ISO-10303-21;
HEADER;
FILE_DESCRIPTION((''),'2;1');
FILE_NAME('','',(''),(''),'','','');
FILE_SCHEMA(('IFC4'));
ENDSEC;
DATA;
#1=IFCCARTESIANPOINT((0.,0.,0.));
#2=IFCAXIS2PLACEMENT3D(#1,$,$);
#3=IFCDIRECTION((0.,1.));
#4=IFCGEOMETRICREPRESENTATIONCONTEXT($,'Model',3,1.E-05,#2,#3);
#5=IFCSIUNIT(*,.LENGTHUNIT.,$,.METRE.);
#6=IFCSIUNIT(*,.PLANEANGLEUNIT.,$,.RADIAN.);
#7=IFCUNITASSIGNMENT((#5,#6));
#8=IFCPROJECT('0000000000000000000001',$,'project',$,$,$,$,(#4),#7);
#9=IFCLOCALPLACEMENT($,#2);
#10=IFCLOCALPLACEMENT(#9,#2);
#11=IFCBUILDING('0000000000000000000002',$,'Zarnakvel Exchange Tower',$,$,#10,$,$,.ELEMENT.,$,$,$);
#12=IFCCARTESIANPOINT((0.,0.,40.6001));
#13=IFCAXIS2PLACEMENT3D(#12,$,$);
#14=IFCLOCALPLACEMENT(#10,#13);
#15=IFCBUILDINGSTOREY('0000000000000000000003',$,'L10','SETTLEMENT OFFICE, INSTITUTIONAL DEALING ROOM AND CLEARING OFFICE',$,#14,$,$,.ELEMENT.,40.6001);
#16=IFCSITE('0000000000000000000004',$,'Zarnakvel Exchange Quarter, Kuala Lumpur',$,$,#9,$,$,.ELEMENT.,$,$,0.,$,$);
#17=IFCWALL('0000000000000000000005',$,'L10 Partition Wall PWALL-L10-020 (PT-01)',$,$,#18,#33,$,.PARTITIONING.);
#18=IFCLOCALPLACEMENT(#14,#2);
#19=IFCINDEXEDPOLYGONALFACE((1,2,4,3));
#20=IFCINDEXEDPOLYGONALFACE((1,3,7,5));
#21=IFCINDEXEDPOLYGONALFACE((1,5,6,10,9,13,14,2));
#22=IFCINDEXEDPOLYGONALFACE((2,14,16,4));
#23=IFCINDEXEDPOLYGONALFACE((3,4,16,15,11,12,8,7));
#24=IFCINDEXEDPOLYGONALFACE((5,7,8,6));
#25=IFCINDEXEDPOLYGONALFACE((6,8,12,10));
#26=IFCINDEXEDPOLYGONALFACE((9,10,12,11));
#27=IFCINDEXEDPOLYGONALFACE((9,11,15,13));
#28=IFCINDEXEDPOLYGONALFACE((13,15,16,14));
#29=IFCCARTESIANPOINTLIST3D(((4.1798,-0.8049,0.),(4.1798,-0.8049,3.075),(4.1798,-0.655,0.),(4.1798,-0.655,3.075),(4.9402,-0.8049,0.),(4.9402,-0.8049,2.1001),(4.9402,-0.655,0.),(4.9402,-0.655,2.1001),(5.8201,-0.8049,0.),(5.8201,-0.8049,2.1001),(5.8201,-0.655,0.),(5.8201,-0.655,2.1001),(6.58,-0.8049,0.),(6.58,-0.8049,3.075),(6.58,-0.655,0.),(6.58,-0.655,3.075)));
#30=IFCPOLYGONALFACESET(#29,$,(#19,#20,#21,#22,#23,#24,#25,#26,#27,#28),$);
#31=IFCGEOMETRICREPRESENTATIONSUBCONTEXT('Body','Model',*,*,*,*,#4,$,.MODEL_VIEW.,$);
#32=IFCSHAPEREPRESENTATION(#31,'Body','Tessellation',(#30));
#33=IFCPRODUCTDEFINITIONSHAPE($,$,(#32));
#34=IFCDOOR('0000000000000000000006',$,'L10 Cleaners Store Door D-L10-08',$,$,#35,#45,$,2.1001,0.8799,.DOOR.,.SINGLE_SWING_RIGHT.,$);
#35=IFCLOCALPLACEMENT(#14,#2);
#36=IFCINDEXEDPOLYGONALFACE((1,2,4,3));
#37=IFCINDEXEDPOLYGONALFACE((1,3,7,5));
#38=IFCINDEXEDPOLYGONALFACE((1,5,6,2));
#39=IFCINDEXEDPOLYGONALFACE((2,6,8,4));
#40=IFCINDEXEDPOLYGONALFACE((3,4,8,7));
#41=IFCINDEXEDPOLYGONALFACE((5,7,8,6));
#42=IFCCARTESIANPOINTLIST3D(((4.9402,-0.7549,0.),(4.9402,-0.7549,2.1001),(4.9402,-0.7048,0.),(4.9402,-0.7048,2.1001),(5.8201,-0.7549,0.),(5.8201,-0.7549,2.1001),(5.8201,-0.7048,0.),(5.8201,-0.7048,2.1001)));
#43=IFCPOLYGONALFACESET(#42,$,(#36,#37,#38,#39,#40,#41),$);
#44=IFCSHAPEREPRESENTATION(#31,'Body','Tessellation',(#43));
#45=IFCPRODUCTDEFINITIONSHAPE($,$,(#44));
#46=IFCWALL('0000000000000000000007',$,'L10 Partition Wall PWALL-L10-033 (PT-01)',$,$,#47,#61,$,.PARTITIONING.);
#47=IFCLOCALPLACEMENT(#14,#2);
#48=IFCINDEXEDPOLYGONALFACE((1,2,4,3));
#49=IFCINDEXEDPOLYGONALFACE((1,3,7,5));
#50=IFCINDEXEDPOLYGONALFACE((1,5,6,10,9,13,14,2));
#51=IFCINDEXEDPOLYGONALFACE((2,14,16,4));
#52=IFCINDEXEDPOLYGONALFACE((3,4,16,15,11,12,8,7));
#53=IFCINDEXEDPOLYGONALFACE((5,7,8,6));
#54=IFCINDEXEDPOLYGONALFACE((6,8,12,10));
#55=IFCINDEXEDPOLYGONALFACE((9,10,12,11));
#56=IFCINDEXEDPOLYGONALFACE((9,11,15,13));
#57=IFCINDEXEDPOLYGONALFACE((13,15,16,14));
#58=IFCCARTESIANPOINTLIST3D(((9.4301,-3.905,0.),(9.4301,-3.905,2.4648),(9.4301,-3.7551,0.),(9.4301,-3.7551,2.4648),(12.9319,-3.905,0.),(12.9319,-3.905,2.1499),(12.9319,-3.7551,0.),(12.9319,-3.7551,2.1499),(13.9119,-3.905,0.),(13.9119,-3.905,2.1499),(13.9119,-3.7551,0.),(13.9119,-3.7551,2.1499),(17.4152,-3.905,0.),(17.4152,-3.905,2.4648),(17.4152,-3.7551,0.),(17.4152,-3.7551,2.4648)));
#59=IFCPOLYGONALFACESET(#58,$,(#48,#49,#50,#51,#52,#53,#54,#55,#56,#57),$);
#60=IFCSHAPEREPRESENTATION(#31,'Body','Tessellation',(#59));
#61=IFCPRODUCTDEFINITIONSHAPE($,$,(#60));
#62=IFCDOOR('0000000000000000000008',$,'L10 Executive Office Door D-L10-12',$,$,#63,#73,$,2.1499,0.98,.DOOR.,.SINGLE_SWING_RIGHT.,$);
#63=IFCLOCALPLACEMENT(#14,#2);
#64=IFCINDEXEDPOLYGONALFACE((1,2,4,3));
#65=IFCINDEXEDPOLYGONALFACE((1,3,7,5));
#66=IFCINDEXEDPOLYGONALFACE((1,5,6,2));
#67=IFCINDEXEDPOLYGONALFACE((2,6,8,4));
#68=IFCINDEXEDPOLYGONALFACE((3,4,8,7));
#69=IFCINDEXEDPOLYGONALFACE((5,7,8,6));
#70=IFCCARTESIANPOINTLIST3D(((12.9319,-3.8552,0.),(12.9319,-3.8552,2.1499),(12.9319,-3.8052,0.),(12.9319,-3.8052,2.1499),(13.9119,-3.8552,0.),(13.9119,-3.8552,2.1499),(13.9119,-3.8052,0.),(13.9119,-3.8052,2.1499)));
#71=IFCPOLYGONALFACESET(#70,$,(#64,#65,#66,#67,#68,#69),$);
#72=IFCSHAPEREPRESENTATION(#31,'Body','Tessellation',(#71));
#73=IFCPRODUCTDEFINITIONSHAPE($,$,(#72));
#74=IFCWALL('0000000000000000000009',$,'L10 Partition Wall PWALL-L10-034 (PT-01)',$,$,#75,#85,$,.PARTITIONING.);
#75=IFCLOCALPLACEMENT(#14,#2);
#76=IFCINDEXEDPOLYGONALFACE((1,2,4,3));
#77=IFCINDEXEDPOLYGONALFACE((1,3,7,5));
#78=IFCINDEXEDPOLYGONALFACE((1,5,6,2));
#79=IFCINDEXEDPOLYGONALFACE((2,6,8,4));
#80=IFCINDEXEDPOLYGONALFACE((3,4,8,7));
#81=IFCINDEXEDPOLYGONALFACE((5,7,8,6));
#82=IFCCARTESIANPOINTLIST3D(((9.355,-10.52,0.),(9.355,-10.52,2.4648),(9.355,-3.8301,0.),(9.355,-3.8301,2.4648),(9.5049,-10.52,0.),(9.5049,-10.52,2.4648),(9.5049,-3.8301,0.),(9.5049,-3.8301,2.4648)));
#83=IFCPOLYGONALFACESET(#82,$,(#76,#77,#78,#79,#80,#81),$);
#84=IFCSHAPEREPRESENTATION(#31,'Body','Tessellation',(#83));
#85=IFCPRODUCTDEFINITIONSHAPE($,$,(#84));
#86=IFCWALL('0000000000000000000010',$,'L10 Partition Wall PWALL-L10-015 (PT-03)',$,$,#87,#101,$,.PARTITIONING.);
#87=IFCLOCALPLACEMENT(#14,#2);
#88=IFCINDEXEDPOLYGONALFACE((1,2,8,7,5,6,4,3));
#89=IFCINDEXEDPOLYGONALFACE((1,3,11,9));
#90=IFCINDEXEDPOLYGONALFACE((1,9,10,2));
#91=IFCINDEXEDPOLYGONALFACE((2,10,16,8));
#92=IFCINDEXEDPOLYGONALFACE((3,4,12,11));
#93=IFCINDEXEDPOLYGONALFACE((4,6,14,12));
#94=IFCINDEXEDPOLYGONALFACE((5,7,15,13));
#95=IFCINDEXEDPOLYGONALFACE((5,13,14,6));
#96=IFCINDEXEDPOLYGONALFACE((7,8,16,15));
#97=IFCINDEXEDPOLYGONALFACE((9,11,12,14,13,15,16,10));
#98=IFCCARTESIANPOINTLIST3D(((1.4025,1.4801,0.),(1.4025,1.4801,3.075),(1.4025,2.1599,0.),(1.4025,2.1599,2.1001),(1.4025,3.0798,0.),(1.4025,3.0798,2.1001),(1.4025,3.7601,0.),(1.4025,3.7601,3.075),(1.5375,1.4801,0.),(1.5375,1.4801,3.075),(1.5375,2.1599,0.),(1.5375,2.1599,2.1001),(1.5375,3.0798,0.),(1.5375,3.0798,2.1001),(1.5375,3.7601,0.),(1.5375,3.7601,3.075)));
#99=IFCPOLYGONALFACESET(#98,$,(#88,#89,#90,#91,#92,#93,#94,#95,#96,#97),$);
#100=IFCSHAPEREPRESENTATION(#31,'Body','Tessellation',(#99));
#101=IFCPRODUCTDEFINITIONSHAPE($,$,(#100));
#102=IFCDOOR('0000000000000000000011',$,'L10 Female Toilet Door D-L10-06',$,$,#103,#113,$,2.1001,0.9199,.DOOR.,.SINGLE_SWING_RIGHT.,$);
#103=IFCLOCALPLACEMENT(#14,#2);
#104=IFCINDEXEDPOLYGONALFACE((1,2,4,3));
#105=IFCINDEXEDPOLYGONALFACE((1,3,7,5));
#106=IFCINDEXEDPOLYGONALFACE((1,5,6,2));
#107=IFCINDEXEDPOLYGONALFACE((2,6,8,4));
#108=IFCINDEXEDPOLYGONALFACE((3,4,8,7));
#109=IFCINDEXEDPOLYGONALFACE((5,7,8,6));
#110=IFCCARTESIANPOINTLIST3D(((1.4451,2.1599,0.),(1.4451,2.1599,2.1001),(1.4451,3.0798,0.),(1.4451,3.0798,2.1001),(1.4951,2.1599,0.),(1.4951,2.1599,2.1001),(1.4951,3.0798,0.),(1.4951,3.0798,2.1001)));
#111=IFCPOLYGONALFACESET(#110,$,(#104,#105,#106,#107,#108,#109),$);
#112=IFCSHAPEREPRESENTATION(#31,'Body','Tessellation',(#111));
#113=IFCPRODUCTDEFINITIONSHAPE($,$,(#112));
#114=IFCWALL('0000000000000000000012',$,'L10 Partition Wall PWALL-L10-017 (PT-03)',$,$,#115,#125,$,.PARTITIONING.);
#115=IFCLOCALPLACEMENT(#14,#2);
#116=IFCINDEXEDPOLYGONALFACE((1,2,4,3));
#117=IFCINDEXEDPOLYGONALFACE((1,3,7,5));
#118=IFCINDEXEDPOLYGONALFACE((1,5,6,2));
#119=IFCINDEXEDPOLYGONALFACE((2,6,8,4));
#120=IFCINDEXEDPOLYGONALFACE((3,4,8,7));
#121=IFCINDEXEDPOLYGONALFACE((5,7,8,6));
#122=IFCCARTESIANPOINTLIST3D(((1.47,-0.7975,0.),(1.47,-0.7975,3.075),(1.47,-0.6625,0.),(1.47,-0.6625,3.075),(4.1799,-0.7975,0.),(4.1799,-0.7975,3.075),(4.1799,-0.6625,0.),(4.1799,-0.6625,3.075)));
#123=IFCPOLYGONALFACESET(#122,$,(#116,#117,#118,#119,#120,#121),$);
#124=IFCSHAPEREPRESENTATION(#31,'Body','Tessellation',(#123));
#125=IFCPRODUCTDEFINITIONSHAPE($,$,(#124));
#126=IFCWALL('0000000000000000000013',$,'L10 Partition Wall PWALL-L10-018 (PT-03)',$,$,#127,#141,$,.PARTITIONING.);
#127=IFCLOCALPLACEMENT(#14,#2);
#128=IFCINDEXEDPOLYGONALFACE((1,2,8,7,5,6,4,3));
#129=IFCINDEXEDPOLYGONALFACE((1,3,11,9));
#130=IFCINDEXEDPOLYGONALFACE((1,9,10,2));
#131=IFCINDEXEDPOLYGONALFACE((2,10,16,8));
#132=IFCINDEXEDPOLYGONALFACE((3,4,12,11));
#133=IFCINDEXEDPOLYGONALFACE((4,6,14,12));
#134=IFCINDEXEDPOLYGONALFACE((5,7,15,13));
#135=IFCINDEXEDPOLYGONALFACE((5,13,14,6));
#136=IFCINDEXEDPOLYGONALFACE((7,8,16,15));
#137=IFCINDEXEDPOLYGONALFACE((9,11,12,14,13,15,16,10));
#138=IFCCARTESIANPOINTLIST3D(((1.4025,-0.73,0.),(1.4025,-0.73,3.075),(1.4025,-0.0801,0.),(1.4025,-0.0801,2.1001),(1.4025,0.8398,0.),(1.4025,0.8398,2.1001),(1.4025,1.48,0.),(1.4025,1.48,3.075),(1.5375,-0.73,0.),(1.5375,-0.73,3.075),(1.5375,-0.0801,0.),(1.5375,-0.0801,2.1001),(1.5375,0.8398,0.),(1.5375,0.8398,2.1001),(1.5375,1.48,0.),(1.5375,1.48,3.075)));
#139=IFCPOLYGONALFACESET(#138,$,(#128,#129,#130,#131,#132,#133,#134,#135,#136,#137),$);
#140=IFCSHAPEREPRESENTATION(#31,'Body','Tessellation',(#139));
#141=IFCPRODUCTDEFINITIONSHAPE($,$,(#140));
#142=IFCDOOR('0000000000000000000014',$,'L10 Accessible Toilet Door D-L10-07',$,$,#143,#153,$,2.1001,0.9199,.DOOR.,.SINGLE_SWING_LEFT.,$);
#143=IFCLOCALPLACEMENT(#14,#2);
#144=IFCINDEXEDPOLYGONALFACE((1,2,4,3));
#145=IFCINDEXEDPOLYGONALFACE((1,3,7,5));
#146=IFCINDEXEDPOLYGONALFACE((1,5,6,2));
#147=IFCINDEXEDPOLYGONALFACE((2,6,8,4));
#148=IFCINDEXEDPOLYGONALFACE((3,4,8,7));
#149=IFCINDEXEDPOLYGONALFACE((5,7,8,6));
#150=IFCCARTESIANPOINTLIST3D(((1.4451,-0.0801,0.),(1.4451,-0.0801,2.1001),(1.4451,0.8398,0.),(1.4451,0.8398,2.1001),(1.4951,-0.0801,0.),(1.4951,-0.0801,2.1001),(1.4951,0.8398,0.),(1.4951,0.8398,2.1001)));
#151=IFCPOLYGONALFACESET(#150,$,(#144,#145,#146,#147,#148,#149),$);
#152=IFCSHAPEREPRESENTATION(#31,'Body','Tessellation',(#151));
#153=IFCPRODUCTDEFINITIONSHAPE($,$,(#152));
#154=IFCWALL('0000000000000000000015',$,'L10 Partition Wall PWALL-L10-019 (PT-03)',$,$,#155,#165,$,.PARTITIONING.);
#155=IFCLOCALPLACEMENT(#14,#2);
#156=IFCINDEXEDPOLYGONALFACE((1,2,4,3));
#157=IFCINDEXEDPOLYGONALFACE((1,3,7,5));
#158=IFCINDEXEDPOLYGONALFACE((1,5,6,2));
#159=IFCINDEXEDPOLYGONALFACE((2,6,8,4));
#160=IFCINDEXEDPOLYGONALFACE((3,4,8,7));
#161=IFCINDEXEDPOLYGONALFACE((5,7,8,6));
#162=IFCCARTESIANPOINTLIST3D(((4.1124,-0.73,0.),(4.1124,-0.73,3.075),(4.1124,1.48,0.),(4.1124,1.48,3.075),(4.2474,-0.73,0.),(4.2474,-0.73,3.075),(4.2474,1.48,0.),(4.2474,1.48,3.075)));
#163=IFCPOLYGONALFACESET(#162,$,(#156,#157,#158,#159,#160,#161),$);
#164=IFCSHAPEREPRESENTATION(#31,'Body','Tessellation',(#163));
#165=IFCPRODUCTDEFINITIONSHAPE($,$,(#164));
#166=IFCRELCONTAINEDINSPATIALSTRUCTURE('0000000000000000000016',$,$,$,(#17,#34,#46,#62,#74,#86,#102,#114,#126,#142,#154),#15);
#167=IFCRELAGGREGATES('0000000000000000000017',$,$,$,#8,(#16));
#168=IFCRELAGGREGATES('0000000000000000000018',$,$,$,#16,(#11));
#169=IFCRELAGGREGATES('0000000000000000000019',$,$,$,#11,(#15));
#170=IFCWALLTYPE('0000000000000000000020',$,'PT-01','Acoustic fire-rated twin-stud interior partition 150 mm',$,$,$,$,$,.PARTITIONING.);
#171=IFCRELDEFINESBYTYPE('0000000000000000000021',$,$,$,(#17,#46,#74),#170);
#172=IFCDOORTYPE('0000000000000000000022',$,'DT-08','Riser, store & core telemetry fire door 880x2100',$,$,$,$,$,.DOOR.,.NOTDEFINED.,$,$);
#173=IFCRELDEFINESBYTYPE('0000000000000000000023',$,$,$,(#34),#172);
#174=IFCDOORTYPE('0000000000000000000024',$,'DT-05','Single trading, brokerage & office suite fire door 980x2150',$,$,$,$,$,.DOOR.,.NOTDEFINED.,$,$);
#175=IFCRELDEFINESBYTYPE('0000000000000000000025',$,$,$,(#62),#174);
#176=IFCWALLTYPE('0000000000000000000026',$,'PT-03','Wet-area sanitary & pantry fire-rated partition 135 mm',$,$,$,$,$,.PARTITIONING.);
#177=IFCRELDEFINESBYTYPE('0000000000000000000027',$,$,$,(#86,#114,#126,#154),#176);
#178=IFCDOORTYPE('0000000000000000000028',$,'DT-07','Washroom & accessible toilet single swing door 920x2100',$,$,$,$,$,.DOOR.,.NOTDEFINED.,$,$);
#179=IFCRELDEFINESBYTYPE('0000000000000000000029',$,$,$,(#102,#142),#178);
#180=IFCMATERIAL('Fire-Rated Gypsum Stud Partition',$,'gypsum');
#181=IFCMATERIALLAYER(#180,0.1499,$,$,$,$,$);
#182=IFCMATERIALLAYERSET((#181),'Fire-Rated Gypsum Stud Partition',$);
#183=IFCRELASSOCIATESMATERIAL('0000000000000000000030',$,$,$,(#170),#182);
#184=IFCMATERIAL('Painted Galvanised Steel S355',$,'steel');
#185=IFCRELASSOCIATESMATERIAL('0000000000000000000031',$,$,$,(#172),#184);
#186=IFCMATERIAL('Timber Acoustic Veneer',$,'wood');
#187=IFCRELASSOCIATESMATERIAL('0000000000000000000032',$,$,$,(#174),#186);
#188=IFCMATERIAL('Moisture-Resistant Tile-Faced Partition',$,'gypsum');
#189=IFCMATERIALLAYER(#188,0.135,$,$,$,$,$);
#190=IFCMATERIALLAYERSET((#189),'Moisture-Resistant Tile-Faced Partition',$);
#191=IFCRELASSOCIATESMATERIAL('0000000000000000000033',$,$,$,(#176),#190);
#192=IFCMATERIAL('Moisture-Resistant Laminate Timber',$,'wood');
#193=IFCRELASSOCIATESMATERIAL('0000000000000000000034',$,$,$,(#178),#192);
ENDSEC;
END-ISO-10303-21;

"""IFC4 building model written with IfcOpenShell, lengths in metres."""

from ifc_helpers import new_model, si_unit, direction, frame, frame_2d, origin, place, context, subcontext, project, spatial, rectangle, extrude, source, transform, mapped, material, layer, layer_set, type_object, element, fill, save


model = new_model("IFC4")

# Units and contexts
model_context = context("Model", 3, precision=1e-05, world=origin(), true_north=direction((0.0, 1.0)))
body_context = subcontext(model_context, "Body", "Model", "MODEL_VIEW")
ifc_project = project(units=[si_unit("LENGTHUNIT", "METRE"), si_unit("PLANEANGLEUNIT", "RADIAN")], contexts=[model_context])

# Site, building, storey
site_placement = place(None, origin())
site = spatial("IfcSite", under=ifc_project, at=site_placement, Name="Zarnakvel Exchange Quarter, Kuala Lumpur", CompositionType="ELEMENT", RefElevation=0.0)
building_placement = place(site_placement, origin())
building = spatial("IfcBuilding", under=site, at=building_placement, Name="Zarnakvel Exchange Tower", CompositionType="ELEMENT")
storey_placement = place(building_placement, frame((0.0, 0.0, 40.6001)))
storey = spatial("IfcBuildingStorey", under=building, at=storey_placement, Name="L10", Description="SETTLEMENT OFFICE, INSTITUTIONAL DEALING ROOM AND CLEARING OFFICE", CompositionType="ELEMENT", Elevation=40.6001)

# Shared definitions
ifc_material_1 = material(Name="Painted Galvanised Steel S355", Category="steel")

# Walls, openings, doors
ifc_material_2 = material(Name="Fire-Rated Gypsum Stud Partition", Category="gypsum")
ifc_layer_1 = layer(ifc_material_2, 0.1499)
ifc_layer_set_1 = layer_set([ifc_layer_1], Name="Fire-Rated Gypsum Stud Partition")
wall_type_1 = type_object("IfcWallType", Name="PT-01", Description="Acoustic fire-rated twin-stud interior partition 150 mm", PredefinedType="PARTITIONING", material=ifc_layer_set_1)
wall_1_placement = place(storey_placement, frame((6.5801, -0.73, 0.0), z_axis=(0.0, 0.0, 1.0), x_axis=(-1.0, 0.0, 0.0)))
wall_1 = element("IfcWall", 1, at=wall_1_placement, inside=storey, type_object=wall_type_1, Name="L10 Partition Wall PWALL-L10-020 (PT-01)", PredefinedType="PARTITIONING", context=body_context, shape_type="SweptSolid", body=[
    extrude(rectangle(XDim=2.4001, YDim=0.1499, at=frame_2d((1.2002, 0.0))), origin(), (0.0, 0.0, 1.0), 3.075),
])
opening_1_placement = place(wall_1_placement, frame((0.76, 0.0, 0.0)))
opening_1 = element("IfcOpeningElement", 2, at=opening_1_placement, cuts=wall_1, PredefinedType="OPENING", context=body_context, shape_type="SweptSolid", body=[
    extrude(rectangle(XDim=0.8799, YDim=2.1001, at=frame_2d((0.4399, 1.05))), frame((0.0, 0.085, 0.0), z_axis=(0.0, -1.0, 0.0), x_axis=(1.0, 0.0, 0.0)), (0.0, 0.0, 1.0), 0.1699),
])
door_type_1 = type_object("IfcDoorType", Name="DT-08", Description="Riser, store & core telemetry fire door 880x2100", OperationType="NOTDEFINED", PredefinedType="DOOR", material=ifc_material_1)
shared_shape_1 = source(origin(), body_context, "Body", "SweptSolid", [
    extrude(rectangle(XDim=0.8799, YDim=2.1001, at=frame_2d((0.4399, 1.05))), frame((0.0, 0.0249, 0.0), z_axis=(0.0, -1.0, 0.0), x_axis=(1.0, 0.0, 0.0)), (0.0, 0.0, 1.0), 0.05),
])
door_1_placement = place(opening_1_placement, origin())
door_1 = element("IfcDoor", 3, at=door_1_placement, inside=storey, type_object=door_type_1, Name="L10 Cleaners Store Door D-L10-08", OperationType="SINGLE_SWING_RIGHT", OverallHeight=2.1001, OverallWidth=0.8799, PredefinedType="DOOR", context=body_context, shape_type="MappedRepresentation", body=[
    mapped(shared_shape_1, transform((0.0, 0.0, 0.0), x_axis=(1.0, 0.0, 0.0), y_axis=(0.0, 1.0, 0.0), z_axis=(0.0, 0.0, 1.0), scale=1.0)),
])
fill(opening_1, door_1)
wall_2_placement = place(storey_placement, frame((9.4299, -3.8301, 0.0), z_axis=(0.0, 0.0, 1.0), x_axis=(1.0, 0.0, 0.0)))
wall_2 = element("IfcWall", 4, at=wall_2_placement, inside=storey, type_object=wall_type_1, Name="L10 Partition Wall PWALL-L10-033 (PT-01)", PredefinedType="PARTITIONING", context=body_context, shape_type="SweptSolid", body=[
    extrude(rectangle(XDim=7.9851, YDim=0.1499, at=frame_2d((3.9927, 0.0))), origin(), (0.0, 0.0, 1.0), 2.4648),
])
opening_2_placement = place(wall_2_placement, frame((3.502, 0.0, 0.0)))
opening_2 = element("IfcOpeningElement", 5, at=opening_2_placement, cuts=wall_2, PredefinedType="OPENING", context=body_context, shape_type="SweptSolid", body=[
    extrude(rectangle(XDim=0.98, YDim=2.1499, at=frame_2d((0.49, 1.075))), frame((0.0, 0.085, 0.0), z_axis=(0.0, -1.0, 0.0), x_axis=(1.0, 0.0, 0.0)), (0.0, 0.0, 1.0), 0.1699),
])
ifc_material_3 = material(Name="Timber Acoustic Veneer", Category="wood")
door_type_2 = type_object("IfcDoorType", Name="DT-05", Description="Single trading, brokerage & office suite fire door 980x2150", OperationType="NOTDEFINED", PredefinedType="DOOR", material=ifc_material_3)
shared_shape_2 = source(origin(), body_context, "Body", "SweptSolid", [
    extrude(rectangle(XDim=0.98, YDim=2.1499, at=frame_2d((0.49, 1.075))), frame((0.0, 0.0249, 0.0), z_axis=(0.0, -1.0, 0.0), x_axis=(1.0, 0.0, 0.0)), (0.0, 0.0, 1.0), 0.05),
])
door_2_placement = place(opening_2_placement, origin())
door_2 = element("IfcDoor", 6, at=door_2_placement, inside=storey, type_object=door_type_2, Name="L10 Executive Office Door D-L10-12", OperationType="SINGLE_SWING_RIGHT", OverallHeight=2.1499, OverallWidth=0.98, PredefinedType="DOOR", context=body_context, shape_type="MappedRepresentation", body=[
    mapped(shared_shape_2, transform((0.0, 0.0, 0.0), x_axis=(1.0, 0.0, 0.0), y_axis=(0.0, 1.0, 0.0), z_axis=(0.0, 0.0, 1.0), scale=1.0)),
])
fill(opening_2, door_2)

# Wall
wall_3_placement = place(storey_placement, frame((9.4299, -10.52, 0.0), z_axis=(0.0, 0.0, 1.0), x_axis=(0.0, 1.0, 0.0)))
element("IfcWall", 7, at=wall_3_placement, inside=storey, type_object=wall_type_1, Name="L10 Partition Wall PWALL-L10-034 (PT-01)", PredefinedType="PARTITIONING", context=body_context, shape_type="SweptSolid", body=[
    extrude(rectangle(XDim=6.6899, YDim=0.1499, at=frame_2d((3.345, 0.0))), origin(), (0.0, 0.0, 1.0), 2.4648),
])

# Wall, opening, door
ifc_material_4 = material(Name="Moisture-Resistant Tile-Faced Partition", Category="gypsum")
ifc_layer_2 = layer(ifc_material_4, 0.135)
ifc_layer_set_2 = layer_set([ifc_layer_2], Name="Moisture-Resistant Tile-Faced Partition")
wall_type_2 = type_object("IfcWallType", Name="PT-03", Description="Wet-area sanitary & pantry fire-rated partition 135 mm", PredefinedType="PARTITIONING", material=ifc_layer_set_2)
wall_4_placement = place(storey_placement, frame((1.47, 1.48, 0.0), z_axis=(0.0, 0.0, 1.0), x_axis=(0.0, 1.0, 0.0)))
wall_4 = element("IfcWall", 8, at=wall_4_placement, inside=storey, type_object=wall_type_2, Name="L10 Partition Wall PWALL-L10-015 (PT-03)", PredefinedType="PARTITIONING", context=body_context, shape_type="SweptSolid", body=[
    extrude(rectangle(XDim=2.28, YDim=0.135, at=frame_2d((1.1401, 0.0))), origin(), (0.0, 0.0, 1.0), 3.075),
])
opening_3_placement = place(wall_4_placement, frame((0.6799, 0.0, 0.0)))
opening_3 = element("IfcOpeningElement", 9, at=opening_3_placement, cuts=wall_4, PredefinedType="OPENING", context=body_context, shape_type="SweptSolid", body=[
    extrude(rectangle(XDim=0.9199, YDim=2.1001, at=frame_2d((0.46, 1.05))), frame((0.0, 0.0774, 0.0), z_axis=(0.0, -1.0, 0.0), x_axis=(1.0, 0.0, 0.0)), (0.0, 0.0, 1.0), 0.155),
])
ifc_material_5 = material(Name="Moisture-Resistant Laminate Timber", Category="wood")
door_type_3 = type_object("IfcDoorType", Name="DT-07", Description="Washroom & accessible toilet single swing door 920x2100", OperationType="NOTDEFINED", PredefinedType="DOOR", material=ifc_material_5)
shared_shape_3 = source(origin(), body_context, "Body", "SweptSolid", [
    extrude(rectangle(XDim=0.9199, YDim=2.1001, at=frame_2d((0.46, 1.05))), frame((0.0, 0.0249, 0.0), z_axis=(0.0, -1.0, 0.0), x_axis=(1.0, 0.0, 0.0)), (0.0, 0.0, 1.0), 0.05),
])
door_3_placement = place(opening_3_placement, origin())
door_3 = element("IfcDoor", 10, at=door_3_placement, inside=storey, type_object=door_type_3, Name="L10 Female Toilet Door D-L10-06", OperationType="SINGLE_SWING_RIGHT", OverallHeight=2.1001, OverallWidth=0.9199, PredefinedType="DOOR", context=body_context, shape_type="MappedRepresentation", body=[
    mapped(shared_shape_3, transform((0.0, 0.0, 0.0), x_axis=(1.0, 0.0, 0.0), y_axis=(0.0, 1.0, 0.0), z_axis=(0.0, 0.0, 1.0), scale=1.0)),
])
fill(opening_3, door_3)

# Wall
wall_5_placement = place(storey_placement, frame((4.1799, -0.73, 0.0), z_axis=(0.0, 0.0, 1.0), x_axis=(-1.0, 0.0, 0.0)))
element("IfcWall", 11, at=wall_5_placement, inside=storey, type_object=wall_type_2, Name="L10 Partition Wall PWALL-L10-017 (PT-03)", PredefinedType="PARTITIONING", context=body_context, shape_type="SweptSolid", body=[
    extrude(rectangle(XDim=2.71, YDim=0.135, at=frame_2d((1.355, 0.0))), origin(), (0.0, 0.0, 1.0), 3.075),
])

# Wall, opening, door
wall_6_placement = place(storey_placement, frame((1.47, -0.73, 0.0), z_axis=(0.0, 0.0, 1.0), x_axis=(0.0, 1.0, 0.0)))
wall_6 = element("IfcWall", 12, at=wall_6_placement, inside=storey, type_object=wall_type_2, Name="L10 Partition Wall PWALL-L10-018 (PT-03)", PredefinedType="PARTITIONING", context=body_context, shape_type="SweptSolid", body=[
    extrude(rectangle(XDim=2.21, YDim=0.135, at=frame_2d((1.105, 0.0))), origin(), (0.0, 0.0, 1.0), 3.075),
])
opening_4_placement = place(wall_6_placement, frame((0.6499, 0.0, 0.0)))
opening_4 = element("IfcOpeningElement", 13, at=opening_4_placement, cuts=wall_6, PredefinedType="OPENING", context=body_context, shape_type="SweptSolid", body=[
    extrude(rectangle(XDim=0.9199, YDim=2.1001, at=frame_2d((0.46, 1.05))), frame((0.0, 0.0774, 0.0), z_axis=(0.0, -1.0, 0.0), x_axis=(1.0, 0.0, 0.0)), (0.0, 0.0, 1.0), 0.155),
])
door_4_placement = place(opening_4_placement, origin())
door_4 = element("IfcDoor", 14, at=door_4_placement, inside=storey, type_object=door_type_3, Name="L10 Accessible Toilet Door D-L10-07", OperationType="SINGLE_SWING_LEFT", OverallHeight=2.1001, OverallWidth=0.9199, PredefinedType="DOOR", context=body_context, shape_type="MappedRepresentation", body=[
    mapped(shared_shape_3, transform((0.0, 0.0, 0.0), x_axis=(1.0, 0.0, 0.0), y_axis=(0.0, 1.0, 0.0), z_axis=(0.0, 0.0, 1.0), scale=1.0)),
])
fill(opening_4, door_4)

# Wall
wall_7_placement = place(storey_placement, frame((4.1799, 1.48, 0.0), z_axis=(0.0, 0.0, 1.0), x_axis=(0.0, -1.0, 0.0)))
element("IfcWall", 15, at=wall_7_placement, inside=storey, type_object=wall_type_2, Name="L10 Partition Wall PWALL-L10-019 (PT-03)", PredefinedType="PARTITIONING", context=body_context, shape_type="SweptSolid", body=[
    extrude(rectangle(XDim=2.21, YDim=0.135, at=frame_2d((1.105, 0.0))), origin(), (0.0, 0.0, 1.0), 3.075),
])

save(model, "model.ifc")
